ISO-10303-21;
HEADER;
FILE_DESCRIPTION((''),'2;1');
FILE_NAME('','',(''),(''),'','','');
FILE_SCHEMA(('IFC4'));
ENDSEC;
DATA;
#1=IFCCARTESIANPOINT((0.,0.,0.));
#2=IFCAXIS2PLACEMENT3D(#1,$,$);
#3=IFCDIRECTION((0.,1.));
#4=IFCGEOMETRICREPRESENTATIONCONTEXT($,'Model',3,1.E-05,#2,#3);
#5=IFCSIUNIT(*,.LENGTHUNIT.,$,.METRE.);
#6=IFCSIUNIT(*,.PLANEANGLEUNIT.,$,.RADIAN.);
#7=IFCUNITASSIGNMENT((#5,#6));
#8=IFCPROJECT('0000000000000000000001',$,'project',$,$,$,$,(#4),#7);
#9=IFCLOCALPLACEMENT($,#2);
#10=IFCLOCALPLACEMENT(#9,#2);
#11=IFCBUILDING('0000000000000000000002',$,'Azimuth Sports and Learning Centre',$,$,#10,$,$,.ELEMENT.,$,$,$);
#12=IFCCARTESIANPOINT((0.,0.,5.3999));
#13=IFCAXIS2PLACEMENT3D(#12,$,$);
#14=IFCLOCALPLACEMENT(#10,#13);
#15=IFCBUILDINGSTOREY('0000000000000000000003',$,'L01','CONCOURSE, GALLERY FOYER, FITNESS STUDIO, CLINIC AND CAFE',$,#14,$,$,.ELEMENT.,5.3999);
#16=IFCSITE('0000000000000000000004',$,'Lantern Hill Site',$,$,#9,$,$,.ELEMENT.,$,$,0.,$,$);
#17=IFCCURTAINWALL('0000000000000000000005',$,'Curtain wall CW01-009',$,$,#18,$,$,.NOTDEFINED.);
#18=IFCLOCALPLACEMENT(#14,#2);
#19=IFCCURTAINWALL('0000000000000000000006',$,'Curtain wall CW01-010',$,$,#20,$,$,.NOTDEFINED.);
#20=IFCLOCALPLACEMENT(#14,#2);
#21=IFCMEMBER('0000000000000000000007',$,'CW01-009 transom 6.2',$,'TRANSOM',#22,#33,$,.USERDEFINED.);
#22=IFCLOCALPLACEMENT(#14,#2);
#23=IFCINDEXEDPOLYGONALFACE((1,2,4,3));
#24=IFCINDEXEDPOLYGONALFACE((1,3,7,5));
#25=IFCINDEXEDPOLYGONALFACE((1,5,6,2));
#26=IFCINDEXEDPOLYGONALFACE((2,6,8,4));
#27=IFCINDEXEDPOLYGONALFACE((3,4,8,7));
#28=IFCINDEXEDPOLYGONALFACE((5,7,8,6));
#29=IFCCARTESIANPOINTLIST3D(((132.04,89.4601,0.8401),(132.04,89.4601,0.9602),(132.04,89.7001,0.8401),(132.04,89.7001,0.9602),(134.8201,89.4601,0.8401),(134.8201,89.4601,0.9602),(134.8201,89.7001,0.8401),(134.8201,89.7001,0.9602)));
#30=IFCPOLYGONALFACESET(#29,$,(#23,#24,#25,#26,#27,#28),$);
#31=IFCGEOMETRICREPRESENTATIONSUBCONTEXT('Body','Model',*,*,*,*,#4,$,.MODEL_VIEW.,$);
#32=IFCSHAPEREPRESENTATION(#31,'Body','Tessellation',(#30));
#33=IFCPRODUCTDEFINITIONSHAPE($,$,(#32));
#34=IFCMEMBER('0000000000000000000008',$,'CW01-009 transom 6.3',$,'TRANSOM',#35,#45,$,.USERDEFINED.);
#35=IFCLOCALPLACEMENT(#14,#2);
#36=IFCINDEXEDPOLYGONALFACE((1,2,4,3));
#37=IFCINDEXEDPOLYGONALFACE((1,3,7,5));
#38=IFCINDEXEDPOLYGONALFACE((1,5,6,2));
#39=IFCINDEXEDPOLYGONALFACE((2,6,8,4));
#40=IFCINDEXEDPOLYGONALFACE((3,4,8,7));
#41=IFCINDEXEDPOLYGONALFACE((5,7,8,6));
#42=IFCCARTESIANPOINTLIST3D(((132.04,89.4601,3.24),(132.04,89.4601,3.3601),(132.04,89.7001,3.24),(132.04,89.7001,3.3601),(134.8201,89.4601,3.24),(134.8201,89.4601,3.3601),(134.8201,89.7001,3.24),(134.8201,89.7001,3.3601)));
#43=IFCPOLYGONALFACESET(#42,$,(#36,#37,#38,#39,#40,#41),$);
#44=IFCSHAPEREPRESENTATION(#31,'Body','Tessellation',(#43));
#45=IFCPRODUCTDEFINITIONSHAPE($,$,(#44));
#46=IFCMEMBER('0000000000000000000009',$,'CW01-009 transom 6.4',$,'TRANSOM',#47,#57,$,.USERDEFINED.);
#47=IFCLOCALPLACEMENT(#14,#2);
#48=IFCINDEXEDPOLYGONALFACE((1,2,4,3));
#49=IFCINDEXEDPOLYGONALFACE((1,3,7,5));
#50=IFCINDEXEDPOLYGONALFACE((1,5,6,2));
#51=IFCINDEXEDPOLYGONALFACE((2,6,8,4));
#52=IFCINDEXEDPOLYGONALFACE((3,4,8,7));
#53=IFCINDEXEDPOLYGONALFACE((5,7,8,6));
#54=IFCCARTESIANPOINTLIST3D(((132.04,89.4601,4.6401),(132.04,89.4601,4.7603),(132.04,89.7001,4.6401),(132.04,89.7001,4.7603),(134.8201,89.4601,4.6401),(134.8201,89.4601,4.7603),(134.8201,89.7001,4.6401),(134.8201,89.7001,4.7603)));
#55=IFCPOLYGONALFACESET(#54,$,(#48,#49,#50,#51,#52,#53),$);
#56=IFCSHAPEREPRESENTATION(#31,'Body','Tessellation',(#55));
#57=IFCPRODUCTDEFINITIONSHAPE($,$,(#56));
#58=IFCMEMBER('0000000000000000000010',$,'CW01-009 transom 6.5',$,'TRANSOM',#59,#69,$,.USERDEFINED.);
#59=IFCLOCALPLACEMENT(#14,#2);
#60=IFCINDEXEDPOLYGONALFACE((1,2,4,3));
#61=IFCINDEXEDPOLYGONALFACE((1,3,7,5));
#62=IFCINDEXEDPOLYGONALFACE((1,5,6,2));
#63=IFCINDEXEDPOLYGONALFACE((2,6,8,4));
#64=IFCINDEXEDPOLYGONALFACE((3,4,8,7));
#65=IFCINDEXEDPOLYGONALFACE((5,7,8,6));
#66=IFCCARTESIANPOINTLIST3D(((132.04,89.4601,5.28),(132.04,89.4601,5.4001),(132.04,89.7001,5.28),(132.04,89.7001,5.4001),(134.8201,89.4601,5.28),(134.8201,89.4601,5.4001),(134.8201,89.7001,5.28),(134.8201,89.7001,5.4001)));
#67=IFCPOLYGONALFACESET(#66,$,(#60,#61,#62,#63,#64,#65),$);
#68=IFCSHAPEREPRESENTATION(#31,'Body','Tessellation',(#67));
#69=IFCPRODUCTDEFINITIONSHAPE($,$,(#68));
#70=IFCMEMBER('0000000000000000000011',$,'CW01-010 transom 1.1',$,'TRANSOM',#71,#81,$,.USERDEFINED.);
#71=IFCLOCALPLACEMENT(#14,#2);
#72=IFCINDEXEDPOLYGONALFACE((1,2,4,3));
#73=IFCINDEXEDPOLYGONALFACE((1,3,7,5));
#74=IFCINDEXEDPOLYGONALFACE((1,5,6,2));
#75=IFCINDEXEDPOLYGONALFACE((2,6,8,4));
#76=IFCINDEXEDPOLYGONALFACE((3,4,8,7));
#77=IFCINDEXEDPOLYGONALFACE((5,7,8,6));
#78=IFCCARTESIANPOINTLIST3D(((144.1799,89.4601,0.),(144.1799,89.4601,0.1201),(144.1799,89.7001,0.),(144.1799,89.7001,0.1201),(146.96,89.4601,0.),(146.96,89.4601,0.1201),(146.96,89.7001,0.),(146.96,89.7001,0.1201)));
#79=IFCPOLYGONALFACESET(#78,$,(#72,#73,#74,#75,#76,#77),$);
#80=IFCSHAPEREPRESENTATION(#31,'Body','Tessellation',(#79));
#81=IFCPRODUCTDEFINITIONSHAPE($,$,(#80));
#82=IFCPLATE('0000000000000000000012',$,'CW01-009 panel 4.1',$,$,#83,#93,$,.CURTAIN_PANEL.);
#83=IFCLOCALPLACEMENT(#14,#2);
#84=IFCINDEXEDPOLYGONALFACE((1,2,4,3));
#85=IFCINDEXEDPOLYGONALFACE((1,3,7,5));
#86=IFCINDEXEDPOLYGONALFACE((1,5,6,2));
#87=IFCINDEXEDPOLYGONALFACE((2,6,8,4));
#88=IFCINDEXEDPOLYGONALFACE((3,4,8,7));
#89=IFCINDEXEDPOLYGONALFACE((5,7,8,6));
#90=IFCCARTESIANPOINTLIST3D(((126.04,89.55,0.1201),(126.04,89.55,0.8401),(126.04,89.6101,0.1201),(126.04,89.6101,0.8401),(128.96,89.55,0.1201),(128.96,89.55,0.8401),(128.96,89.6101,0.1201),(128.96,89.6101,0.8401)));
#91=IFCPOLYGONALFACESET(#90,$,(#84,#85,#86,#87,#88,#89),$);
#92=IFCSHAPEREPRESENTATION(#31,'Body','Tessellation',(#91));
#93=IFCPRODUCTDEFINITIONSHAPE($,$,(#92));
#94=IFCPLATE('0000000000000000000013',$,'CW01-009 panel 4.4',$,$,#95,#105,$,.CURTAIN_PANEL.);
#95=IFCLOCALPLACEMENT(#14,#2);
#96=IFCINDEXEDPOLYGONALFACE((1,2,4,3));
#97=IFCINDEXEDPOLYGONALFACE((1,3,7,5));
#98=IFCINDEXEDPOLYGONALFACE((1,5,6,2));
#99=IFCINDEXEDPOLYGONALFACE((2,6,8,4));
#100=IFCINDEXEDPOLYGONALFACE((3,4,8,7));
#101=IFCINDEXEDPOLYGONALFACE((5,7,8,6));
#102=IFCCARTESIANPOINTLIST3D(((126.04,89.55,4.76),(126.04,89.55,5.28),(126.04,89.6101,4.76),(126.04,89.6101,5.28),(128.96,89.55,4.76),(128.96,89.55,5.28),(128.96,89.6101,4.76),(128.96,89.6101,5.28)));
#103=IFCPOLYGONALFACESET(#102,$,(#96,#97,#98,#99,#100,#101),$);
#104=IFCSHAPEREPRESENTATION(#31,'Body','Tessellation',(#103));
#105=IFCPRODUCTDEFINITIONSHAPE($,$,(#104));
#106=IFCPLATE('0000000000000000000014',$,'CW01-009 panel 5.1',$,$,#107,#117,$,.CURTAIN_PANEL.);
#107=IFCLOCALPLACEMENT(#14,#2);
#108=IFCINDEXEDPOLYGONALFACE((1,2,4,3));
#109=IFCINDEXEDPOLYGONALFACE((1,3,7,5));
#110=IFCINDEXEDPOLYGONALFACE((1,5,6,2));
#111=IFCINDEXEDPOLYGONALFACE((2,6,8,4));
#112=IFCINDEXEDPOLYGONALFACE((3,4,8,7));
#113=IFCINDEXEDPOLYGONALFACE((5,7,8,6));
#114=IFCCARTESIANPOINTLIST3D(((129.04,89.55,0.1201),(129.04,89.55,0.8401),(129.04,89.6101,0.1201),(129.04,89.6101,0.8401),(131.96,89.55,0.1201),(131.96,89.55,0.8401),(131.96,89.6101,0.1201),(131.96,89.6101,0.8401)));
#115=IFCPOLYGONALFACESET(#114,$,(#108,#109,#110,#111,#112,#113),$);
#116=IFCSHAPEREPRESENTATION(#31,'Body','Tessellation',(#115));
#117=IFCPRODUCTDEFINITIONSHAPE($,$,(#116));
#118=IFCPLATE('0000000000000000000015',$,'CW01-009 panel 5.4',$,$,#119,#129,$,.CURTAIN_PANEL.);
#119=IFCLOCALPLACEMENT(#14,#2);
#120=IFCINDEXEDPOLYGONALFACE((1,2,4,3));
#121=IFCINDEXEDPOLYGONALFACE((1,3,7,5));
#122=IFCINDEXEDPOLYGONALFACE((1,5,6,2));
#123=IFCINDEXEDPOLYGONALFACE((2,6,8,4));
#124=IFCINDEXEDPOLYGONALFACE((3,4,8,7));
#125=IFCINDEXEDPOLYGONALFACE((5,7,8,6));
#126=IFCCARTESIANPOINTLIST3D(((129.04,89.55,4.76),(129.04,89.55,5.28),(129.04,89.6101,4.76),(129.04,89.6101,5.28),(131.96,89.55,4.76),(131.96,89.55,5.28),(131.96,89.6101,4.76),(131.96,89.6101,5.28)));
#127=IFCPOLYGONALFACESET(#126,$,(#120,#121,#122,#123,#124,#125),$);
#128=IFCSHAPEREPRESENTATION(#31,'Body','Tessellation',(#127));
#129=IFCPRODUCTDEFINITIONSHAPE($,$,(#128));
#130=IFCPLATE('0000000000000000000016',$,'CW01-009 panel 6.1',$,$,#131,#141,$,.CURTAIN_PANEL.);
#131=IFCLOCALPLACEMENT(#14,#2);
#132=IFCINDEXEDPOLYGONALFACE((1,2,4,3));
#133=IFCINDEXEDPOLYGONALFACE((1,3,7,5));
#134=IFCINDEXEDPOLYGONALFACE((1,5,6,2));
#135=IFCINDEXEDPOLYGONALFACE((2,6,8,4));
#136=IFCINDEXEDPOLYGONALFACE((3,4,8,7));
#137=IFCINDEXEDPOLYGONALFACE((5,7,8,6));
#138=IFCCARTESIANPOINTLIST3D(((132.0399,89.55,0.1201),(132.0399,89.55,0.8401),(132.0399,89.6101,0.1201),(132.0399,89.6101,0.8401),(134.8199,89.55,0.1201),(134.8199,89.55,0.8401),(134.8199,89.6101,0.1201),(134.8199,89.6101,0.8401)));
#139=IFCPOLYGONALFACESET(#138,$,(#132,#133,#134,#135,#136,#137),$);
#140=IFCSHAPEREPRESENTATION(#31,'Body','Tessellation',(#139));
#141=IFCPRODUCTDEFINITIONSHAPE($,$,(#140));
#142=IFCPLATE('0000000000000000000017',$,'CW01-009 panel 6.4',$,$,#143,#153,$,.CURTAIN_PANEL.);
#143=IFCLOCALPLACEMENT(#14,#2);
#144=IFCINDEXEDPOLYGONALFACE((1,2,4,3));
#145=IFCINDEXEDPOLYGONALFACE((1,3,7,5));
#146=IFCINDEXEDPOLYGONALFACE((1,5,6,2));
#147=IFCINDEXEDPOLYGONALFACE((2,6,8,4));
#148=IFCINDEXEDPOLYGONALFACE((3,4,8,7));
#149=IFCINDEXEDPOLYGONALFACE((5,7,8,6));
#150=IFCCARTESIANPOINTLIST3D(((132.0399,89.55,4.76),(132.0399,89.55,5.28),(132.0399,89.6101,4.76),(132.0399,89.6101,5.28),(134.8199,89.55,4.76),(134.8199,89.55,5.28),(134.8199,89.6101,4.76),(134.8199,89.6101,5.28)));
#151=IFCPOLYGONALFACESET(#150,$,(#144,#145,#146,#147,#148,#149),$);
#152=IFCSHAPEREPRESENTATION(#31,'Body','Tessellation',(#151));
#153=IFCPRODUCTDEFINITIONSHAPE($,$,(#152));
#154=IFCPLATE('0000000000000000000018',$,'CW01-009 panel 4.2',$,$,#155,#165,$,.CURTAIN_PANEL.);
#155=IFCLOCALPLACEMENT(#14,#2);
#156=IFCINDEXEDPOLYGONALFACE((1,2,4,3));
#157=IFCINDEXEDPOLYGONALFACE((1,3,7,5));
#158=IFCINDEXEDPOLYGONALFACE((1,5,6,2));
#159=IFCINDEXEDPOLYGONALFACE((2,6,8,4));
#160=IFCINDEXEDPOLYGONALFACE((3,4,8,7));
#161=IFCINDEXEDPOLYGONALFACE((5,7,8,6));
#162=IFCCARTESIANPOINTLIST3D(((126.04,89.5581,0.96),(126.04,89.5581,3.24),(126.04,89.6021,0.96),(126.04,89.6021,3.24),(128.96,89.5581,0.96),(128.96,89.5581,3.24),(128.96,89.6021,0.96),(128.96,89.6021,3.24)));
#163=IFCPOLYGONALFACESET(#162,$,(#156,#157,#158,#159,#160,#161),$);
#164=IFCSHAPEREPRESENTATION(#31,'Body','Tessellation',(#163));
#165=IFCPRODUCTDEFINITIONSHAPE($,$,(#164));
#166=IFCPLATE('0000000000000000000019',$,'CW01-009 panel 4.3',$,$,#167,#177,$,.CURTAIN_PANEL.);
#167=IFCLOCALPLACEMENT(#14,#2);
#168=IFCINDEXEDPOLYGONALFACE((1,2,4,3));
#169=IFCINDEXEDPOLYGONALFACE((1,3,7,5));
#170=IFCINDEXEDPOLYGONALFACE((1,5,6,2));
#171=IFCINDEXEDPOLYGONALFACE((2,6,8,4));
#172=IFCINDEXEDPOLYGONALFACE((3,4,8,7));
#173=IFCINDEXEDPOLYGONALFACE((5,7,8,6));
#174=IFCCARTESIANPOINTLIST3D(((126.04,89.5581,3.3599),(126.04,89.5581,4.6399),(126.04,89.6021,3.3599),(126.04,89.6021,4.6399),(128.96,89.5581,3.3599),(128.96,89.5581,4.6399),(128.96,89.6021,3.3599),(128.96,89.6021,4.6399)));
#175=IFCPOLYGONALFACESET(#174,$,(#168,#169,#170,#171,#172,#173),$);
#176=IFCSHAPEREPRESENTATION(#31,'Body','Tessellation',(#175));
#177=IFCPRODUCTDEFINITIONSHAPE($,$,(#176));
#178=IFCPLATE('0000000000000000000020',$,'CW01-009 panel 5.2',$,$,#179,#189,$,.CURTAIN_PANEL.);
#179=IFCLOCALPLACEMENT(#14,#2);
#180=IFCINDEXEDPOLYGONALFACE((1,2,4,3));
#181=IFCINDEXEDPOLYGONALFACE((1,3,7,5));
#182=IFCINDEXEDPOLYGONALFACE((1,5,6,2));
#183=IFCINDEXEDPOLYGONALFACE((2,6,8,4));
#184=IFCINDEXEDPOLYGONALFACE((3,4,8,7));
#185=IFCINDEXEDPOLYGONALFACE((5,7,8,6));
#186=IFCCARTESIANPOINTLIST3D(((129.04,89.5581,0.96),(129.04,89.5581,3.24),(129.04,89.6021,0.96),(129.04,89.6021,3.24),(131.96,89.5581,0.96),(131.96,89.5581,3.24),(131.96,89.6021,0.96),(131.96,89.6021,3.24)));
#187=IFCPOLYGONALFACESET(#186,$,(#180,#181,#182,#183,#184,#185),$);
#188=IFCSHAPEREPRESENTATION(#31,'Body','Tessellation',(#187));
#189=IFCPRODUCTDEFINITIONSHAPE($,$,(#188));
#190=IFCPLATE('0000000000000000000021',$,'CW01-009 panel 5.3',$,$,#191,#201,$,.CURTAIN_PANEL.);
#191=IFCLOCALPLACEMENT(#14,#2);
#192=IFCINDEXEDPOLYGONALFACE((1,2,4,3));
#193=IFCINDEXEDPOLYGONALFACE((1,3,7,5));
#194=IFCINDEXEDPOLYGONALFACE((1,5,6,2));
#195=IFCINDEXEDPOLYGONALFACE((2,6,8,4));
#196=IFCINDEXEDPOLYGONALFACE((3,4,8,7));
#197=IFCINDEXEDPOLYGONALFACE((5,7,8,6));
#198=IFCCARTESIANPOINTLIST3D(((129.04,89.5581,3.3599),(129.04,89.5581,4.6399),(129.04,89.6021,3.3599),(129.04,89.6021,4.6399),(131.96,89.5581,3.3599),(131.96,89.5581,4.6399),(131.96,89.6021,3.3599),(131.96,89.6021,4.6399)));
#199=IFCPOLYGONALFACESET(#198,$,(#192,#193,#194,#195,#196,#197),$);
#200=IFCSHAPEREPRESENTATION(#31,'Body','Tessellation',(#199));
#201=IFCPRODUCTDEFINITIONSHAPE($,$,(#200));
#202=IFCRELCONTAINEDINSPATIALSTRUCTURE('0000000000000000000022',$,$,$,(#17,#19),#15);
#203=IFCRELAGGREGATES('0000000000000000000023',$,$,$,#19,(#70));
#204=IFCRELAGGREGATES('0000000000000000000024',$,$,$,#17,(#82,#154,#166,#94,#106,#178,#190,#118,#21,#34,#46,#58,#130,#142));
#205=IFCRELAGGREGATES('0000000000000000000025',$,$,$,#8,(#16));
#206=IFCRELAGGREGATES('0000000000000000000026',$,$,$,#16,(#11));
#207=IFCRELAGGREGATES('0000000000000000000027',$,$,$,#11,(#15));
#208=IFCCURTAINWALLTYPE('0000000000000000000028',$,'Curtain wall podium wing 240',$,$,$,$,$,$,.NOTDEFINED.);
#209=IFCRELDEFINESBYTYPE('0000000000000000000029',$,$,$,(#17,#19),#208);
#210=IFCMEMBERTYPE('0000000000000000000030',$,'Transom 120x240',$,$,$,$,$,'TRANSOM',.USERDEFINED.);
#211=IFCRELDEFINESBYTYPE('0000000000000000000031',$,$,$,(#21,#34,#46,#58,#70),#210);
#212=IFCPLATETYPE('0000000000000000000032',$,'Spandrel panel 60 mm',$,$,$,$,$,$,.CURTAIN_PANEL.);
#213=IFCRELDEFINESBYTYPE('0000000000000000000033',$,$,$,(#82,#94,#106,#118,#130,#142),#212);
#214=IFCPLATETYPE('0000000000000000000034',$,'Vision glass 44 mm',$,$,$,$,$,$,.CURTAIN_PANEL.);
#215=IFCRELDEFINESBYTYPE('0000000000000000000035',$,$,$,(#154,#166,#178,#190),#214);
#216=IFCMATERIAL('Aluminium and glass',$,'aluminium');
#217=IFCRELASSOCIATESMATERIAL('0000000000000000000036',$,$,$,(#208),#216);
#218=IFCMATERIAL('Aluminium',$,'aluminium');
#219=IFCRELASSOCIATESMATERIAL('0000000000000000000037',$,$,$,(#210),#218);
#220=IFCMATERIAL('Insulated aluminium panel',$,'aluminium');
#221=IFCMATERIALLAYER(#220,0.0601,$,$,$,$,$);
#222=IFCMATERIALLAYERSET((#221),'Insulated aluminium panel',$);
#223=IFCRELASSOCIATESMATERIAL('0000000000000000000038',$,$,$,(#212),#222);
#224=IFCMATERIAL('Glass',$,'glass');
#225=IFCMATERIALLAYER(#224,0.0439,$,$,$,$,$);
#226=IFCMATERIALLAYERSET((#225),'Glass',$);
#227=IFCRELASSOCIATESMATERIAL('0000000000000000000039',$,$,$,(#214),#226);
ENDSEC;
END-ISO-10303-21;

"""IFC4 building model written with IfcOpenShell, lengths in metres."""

from ifc_helpers import new_model, si_unit, direction, frame, origin, origin_2d, place, context, subcontext, project, spatial, rectangle, extrude, material, layer, layer_set, material_profile, profile_set, type_object, element, aggregate, save


model = new_model("IFC4")

# Units and contexts
model_context = context("Model", 3, precision=1e-05, world=origin(), true_north=direction((0.0, 1.0)))
body_context = subcontext(model_context, "Body", "Model", "MODEL_VIEW")
ifc_project = project(units=[si_unit("LENGTHUNIT", "METRE"), si_unit("PLANEANGLEUNIT", "RADIAN")], contexts=[model_context])

# Site, building, storey
site_placement = place(None, origin())
site = spatial("IfcSite", under=ifc_project, at=site_placement, Name="Lantern Hill Site", CompositionType="ELEMENT", RefElevation=0.0)
building_placement = place(site_placement, origin())
building = spatial("IfcBuilding", under=site, at=building_placement, Name="Azimuth Sports and Learning Centre", CompositionType="ELEMENT")
storey_placement = place(building_placement, frame((0.0, 0.0, 5.3999)))
storey = spatial("IfcBuildingStorey", under=building, at=storey_placement, Name="L01", Description="CONCOURSE, GALLERY FOYER, FITNESS STUDIO, CLINIC AND CAFE", CompositionType="ELEMENT", Elevation=5.3999)

# Curtain wall
ifc_material_1 = material(Name="Aluminium and glass", Category="aluminium")
curtain_wall_type = type_object("IfcCurtainWallType", Name="Curtain wall podium wing 240", PredefinedType="NOTDEFINED", material=ifc_material_1)
curtain_wall_1_placement = place(storey_placement, origin())
curtain_wall_1 = element("IfcCurtainWall", 1, at=curtain_wall_1_placement, inside=storey, type_object=curtain_wall_type, Name="Curtain wall CW01-009", PredefinedType="NOTDEFINED")

# Curtain wall
curtain_wall_2_placement = place(storey_placement, origin())
curtain_wall_2 = element("IfcCurtainWall", 2, at=curtain_wall_2_placement, inside=storey, type_object=curtain_wall_type, Name="Curtain wall CW01-010", PredefinedType="NOTDEFINED")

# Members
ifc_material_2 = material(Name="Aluminium", Category="aluminium")
ifc_material_profile_1 = material_profile(ifc_material_2, rectangle(XDim=0.24, YDim=0.1201, at=origin_2d()), Name="Transom 120x240")
ifc_profile_set_1 = profile_set([ifc_material_profile_1], Name="Aluminium")
member_type_1 = type_object("IfcMemberType", Name="Transom 120x240", ElementType="TRANSOM", PredefinedType="USERDEFINED", material=ifc_profile_set_1)
member_1_placement = place(storey_placement, frame((132.04, 89.5801, 0.9001), z_axis=(1.0, 0.0, 0.0), x_axis=(0.0, 1.0, 0.0)))
member_1 = element("IfcMember", 3, at=member_1_placement, type_object=member_type_1, Name="CW01-009 transom 6.2", ObjectType="TRANSOM", PredefinedType="USERDEFINED", context=body_context, shape_type="SweptSolid", body=[
    extrude(rectangle(XDim=0.24, YDim=0.1201, at=origin_2d()), origin(), (0.0, 0.0, 1.0), 2.78),
])
member_2_placement = place(storey_placement, frame((132.04, 89.5801, 3.3), z_axis=(1.0, 0.0, 0.0), x_axis=(0.0, 1.0, 0.0)))
member_2 = element("IfcMember", 4, at=member_2_placement, type_object=member_type_1, Name="CW01-009 transom 6.3", ObjectType="TRANSOM", PredefinedType="USERDEFINED", context=body_context, shape_type="SweptSolid", body=[
    extrude(rectangle(XDim=0.24, YDim=0.1201, at=origin_2d()), origin(), (0.0, 0.0, 1.0), 2.78),
])
member_3_placement = place(storey_placement, frame((132.04, 89.5801, 4.7002), z_axis=(1.0, 0.0, 0.0), x_axis=(0.0, 1.0, 0.0)))
member_3 = element("IfcMember", 5, at=member_3_placement, type_object=member_type_1, Name="CW01-009 transom 6.4", ObjectType="TRANSOM", PredefinedType="USERDEFINED", context=body_context, shape_type="SweptSolid", body=[
    extrude(rectangle(XDim=0.24, YDim=0.1201, at=origin_2d()), origin(), (0.0, 0.0, 1.0), 2.78),
])
member_4_placement = place(storey_placement, frame((132.04, 89.5801, 5.3401), z_axis=(1.0, 0.0, 0.0), x_axis=(0.0, 1.0, 0.0)))
member_4 = element("IfcMember", 6, at=member_4_placement, type_object=member_type_1, Name="CW01-009 transom 6.5", ObjectType="TRANSOM", PredefinedType="USERDEFINED", context=body_context, shape_type="SweptSolid", body=[
    extrude(rectangle(XDim=0.24, YDim=0.1201, at=origin_2d()), origin(), (0.0, 0.0, 1.0), 2.78),
])
member_5_placement = place(storey_placement, frame((144.1799, 89.5801, 0.0601), z_axis=(1.0, 0.0, 0.0), x_axis=(0.0, 1.0, 0.0)))
member_5 = element("IfcMember", 7, at=member_5_placement, type_object=member_type_1, Name="CW01-010 transom 1.1", ObjectType="TRANSOM", PredefinedType="USERDEFINED", context=body_context, shape_type="SweptSolid", body=[
    extrude(rectangle(XDim=0.24, YDim=0.1201, at=origin_2d()), origin(), (0.0, 0.0, 1.0), 2.78),
])
aggregate(curtain_wall_2, [member_5])

# Plates
ifc_material_3 = material(Name="Insulated aluminium panel", Category="aluminium")
ifc_layer_1 = layer(ifc_material_3, 0.0601)
ifc_layer_set_1 = layer_set([ifc_layer_1], Name="Insulated aluminium panel")
plate_type_1 = type_object("IfcPlateType", Name="Spandrel panel 60 mm", PredefinedType="CURTAIN_PANEL", material=ifc_layer_set_1)
plate_1_placement = place(storey_placement, frame((127.5, 89.5801, 0.1201), z_axis=(0.0, 0.0, 1.0), x_axis=(1.0, 0.0, 0.0)))
plate_1 = element("IfcPlate", 8, at=plate_1_placement, type_object=plate_type_1, Name="CW01-009 panel 4.1", PredefinedType="CURTAIN_PANEL", context=body_context, shape_type="SweptSolid", body=[
    extrude(rectangle(XDim=2.9199, YDim=0.0601, at=origin_2d()), origin(), (0.0, 0.0, 1.0), 0.72),
])
plate_2_placement = place(storey_placement, frame((127.5, 89.5801, 4.76), z_axis=(0.0, 0.0, 1.0), x_axis=(1.0, 0.0, 0.0)))
plate_2 = element("IfcPlate", 9, at=plate_2_placement, type_object=plate_type_1, Name="CW01-009 panel 4.4", PredefinedType="CURTAIN_PANEL", context=body_context, shape_type="SweptSolid", body=[
    extrude(rectangle(XDim=2.9199, YDim=0.0601, at=origin_2d()), origin(), (0.0, 0.0, 1.0), 0.52),
])
plate_3_placement = place(storey_placement, frame((130.5, 89.5801, 0.1201), z_axis=(0.0, 0.0, 1.0), x_axis=(1.0, 0.0, 0.0)))
plate_3 = element("IfcPlate", 10, at=plate_3_placement, type_object=plate_type_1, Name="CW01-009 panel 5.1", PredefinedType="CURTAIN_PANEL", context=body_context, shape_type="SweptSolid", body=[
    extrude(rectangle(XDim=2.9199, YDim=0.0601, at=origin_2d()), origin(), (0.0, 0.0, 1.0), 0.72),
])
plate_4_placement = place(storey_placement, frame((130.5, 89.5801, 4.76), z_axis=(0.0, 0.0, 1.0), x_axis=(1.0, 0.0, 0.0)))
plate_4 = element("IfcPlate", 11, at=plate_4_placement, type_object=plate_type_1, Name="CW01-009 panel 5.4", PredefinedType="CURTAIN_PANEL", context=body_context, shape_type="SweptSolid", body=[
    extrude(rectangle(XDim=2.9199, YDim=0.0601, at=origin_2d()), origin(), (0.0, 0.0, 1.0), 0.52),
])
plate_5_placement = place(storey_placement, frame((133.4299, 89.5801, 0.1201), z_axis=(0.0, 0.0, 1.0), x_axis=(1.0, 0.0, 0.0)))
plate_5 = element("IfcPlate", 12, at=plate_5_placement, type_object=plate_type_1, Name="CW01-009 panel 6.1", PredefinedType="CURTAIN_PANEL", context=body_context, shape_type="SweptSolid", body=[
    extrude(rectangle(XDim=2.78, YDim=0.0601, at=origin_2d()), origin(), (0.0, 0.0, 1.0), 0.72),
])
plate_6_placement = place(storey_placement, frame((133.4299, 89.5801, 4.76), z_axis=(0.0, 0.0, 1.0), x_axis=(1.0, 0.0, 0.0)))
plate_6 = element("IfcPlate", 13, at=plate_6_placement, type_object=plate_type_1, Name="CW01-009 panel 6.4", PredefinedType="CURTAIN_PANEL", context=body_context, shape_type="SweptSolid", body=[
    extrude(rectangle(XDim=2.78, YDim=0.0601, at=origin_2d()), origin(), (0.0, 0.0, 1.0), 0.52),
])
ifc_material_4 = material(Name="Glass", Category="glass")
ifc_layer_2 = layer(ifc_material_4, 0.0439)
ifc_layer_set_2 = layer_set([ifc_layer_2], Name="Glass")
plate_type_2 = type_object("IfcPlateType", Name="Vision glass 44 mm", PredefinedType="CURTAIN_PANEL", material=ifc_layer_set_2)
plate_7_placement = place(storey_placement, frame((127.5, 89.5801, 0.96), z_axis=(0.0, 0.0, 1.0), x_axis=(1.0, 0.0, 0.0)))
plate_7 = element("IfcPlate", 14, at=plate_7_placement, type_object=plate_type_2, Name="CW01-009 panel 4.2", PredefinedType="CURTAIN_PANEL", context=body_context, shape_type="SweptSolid", body=[
    extrude(rectangle(XDim=2.9199, YDim=0.0439, at=origin_2d()), origin(), (0.0, 0.0, 1.0), 2.28),
])
plate_8_placement = place(storey_placement, frame((127.5, 89.5801, 3.3599), z_axis=(0.0, 0.0, 1.0), x_axis=(1.0, 0.0, 0.0)))
plate_8 = element("IfcPlate", 15, at=plate_8_placement, type_object=plate_type_2, Name="CW01-009 panel 4.3", PredefinedType="CURTAIN_PANEL", context=body_context, shape_type="SweptSolid", body=[
    extrude(rectangle(XDim=2.9199, YDim=0.0439, at=origin_2d()), origin(), (0.0, 0.0, 1.0), 1.28),
])
plate_9_placement = place(storey_placement, frame((130.5, 89.5801, 0.96), z_axis=(0.0, 0.0, 1.0), x_axis=(1.0, 0.0, 0.0)))
plate_9 = element("IfcPlate", 16, at=plate_9_placement, type_object=plate_type_2, Name="CW01-009 panel 5.2", PredefinedType="CURTAIN_PANEL", context=body_context, shape_type="SweptSolid", body=[
    extrude(rectangle(XDim=2.9199, YDim=0.0439, at=origin_2d()), origin(), (0.0, 0.0, 1.0), 2.28),
])
plate_10_placement = place(storey_placement, frame((130.5, 89.5801, 3.3599), z_axis=(0.0, 0.0, 1.0), x_axis=(1.0, 0.0, 0.0)))
plate_10 = element("IfcPlate", 17, at=plate_10_placement, type_object=plate_type_2, Name="CW01-009 panel 5.3", PredefinedType="CURTAIN_PANEL", context=body_context, shape_type="SweptSolid", body=[
    extrude(rectangle(XDim=2.9199, YDim=0.0439, at=origin_2d()), origin(), (0.0, 0.0, 1.0), 1.28),
])
aggregate(curtain_wall_1, [plate_1, plate_7, plate_8, plate_2, plate_3, plate_9, plate_10, plate_4, member_1, member_2, member_3, member_4, plate_5, plate_6])

save(model, "model.ifc")
